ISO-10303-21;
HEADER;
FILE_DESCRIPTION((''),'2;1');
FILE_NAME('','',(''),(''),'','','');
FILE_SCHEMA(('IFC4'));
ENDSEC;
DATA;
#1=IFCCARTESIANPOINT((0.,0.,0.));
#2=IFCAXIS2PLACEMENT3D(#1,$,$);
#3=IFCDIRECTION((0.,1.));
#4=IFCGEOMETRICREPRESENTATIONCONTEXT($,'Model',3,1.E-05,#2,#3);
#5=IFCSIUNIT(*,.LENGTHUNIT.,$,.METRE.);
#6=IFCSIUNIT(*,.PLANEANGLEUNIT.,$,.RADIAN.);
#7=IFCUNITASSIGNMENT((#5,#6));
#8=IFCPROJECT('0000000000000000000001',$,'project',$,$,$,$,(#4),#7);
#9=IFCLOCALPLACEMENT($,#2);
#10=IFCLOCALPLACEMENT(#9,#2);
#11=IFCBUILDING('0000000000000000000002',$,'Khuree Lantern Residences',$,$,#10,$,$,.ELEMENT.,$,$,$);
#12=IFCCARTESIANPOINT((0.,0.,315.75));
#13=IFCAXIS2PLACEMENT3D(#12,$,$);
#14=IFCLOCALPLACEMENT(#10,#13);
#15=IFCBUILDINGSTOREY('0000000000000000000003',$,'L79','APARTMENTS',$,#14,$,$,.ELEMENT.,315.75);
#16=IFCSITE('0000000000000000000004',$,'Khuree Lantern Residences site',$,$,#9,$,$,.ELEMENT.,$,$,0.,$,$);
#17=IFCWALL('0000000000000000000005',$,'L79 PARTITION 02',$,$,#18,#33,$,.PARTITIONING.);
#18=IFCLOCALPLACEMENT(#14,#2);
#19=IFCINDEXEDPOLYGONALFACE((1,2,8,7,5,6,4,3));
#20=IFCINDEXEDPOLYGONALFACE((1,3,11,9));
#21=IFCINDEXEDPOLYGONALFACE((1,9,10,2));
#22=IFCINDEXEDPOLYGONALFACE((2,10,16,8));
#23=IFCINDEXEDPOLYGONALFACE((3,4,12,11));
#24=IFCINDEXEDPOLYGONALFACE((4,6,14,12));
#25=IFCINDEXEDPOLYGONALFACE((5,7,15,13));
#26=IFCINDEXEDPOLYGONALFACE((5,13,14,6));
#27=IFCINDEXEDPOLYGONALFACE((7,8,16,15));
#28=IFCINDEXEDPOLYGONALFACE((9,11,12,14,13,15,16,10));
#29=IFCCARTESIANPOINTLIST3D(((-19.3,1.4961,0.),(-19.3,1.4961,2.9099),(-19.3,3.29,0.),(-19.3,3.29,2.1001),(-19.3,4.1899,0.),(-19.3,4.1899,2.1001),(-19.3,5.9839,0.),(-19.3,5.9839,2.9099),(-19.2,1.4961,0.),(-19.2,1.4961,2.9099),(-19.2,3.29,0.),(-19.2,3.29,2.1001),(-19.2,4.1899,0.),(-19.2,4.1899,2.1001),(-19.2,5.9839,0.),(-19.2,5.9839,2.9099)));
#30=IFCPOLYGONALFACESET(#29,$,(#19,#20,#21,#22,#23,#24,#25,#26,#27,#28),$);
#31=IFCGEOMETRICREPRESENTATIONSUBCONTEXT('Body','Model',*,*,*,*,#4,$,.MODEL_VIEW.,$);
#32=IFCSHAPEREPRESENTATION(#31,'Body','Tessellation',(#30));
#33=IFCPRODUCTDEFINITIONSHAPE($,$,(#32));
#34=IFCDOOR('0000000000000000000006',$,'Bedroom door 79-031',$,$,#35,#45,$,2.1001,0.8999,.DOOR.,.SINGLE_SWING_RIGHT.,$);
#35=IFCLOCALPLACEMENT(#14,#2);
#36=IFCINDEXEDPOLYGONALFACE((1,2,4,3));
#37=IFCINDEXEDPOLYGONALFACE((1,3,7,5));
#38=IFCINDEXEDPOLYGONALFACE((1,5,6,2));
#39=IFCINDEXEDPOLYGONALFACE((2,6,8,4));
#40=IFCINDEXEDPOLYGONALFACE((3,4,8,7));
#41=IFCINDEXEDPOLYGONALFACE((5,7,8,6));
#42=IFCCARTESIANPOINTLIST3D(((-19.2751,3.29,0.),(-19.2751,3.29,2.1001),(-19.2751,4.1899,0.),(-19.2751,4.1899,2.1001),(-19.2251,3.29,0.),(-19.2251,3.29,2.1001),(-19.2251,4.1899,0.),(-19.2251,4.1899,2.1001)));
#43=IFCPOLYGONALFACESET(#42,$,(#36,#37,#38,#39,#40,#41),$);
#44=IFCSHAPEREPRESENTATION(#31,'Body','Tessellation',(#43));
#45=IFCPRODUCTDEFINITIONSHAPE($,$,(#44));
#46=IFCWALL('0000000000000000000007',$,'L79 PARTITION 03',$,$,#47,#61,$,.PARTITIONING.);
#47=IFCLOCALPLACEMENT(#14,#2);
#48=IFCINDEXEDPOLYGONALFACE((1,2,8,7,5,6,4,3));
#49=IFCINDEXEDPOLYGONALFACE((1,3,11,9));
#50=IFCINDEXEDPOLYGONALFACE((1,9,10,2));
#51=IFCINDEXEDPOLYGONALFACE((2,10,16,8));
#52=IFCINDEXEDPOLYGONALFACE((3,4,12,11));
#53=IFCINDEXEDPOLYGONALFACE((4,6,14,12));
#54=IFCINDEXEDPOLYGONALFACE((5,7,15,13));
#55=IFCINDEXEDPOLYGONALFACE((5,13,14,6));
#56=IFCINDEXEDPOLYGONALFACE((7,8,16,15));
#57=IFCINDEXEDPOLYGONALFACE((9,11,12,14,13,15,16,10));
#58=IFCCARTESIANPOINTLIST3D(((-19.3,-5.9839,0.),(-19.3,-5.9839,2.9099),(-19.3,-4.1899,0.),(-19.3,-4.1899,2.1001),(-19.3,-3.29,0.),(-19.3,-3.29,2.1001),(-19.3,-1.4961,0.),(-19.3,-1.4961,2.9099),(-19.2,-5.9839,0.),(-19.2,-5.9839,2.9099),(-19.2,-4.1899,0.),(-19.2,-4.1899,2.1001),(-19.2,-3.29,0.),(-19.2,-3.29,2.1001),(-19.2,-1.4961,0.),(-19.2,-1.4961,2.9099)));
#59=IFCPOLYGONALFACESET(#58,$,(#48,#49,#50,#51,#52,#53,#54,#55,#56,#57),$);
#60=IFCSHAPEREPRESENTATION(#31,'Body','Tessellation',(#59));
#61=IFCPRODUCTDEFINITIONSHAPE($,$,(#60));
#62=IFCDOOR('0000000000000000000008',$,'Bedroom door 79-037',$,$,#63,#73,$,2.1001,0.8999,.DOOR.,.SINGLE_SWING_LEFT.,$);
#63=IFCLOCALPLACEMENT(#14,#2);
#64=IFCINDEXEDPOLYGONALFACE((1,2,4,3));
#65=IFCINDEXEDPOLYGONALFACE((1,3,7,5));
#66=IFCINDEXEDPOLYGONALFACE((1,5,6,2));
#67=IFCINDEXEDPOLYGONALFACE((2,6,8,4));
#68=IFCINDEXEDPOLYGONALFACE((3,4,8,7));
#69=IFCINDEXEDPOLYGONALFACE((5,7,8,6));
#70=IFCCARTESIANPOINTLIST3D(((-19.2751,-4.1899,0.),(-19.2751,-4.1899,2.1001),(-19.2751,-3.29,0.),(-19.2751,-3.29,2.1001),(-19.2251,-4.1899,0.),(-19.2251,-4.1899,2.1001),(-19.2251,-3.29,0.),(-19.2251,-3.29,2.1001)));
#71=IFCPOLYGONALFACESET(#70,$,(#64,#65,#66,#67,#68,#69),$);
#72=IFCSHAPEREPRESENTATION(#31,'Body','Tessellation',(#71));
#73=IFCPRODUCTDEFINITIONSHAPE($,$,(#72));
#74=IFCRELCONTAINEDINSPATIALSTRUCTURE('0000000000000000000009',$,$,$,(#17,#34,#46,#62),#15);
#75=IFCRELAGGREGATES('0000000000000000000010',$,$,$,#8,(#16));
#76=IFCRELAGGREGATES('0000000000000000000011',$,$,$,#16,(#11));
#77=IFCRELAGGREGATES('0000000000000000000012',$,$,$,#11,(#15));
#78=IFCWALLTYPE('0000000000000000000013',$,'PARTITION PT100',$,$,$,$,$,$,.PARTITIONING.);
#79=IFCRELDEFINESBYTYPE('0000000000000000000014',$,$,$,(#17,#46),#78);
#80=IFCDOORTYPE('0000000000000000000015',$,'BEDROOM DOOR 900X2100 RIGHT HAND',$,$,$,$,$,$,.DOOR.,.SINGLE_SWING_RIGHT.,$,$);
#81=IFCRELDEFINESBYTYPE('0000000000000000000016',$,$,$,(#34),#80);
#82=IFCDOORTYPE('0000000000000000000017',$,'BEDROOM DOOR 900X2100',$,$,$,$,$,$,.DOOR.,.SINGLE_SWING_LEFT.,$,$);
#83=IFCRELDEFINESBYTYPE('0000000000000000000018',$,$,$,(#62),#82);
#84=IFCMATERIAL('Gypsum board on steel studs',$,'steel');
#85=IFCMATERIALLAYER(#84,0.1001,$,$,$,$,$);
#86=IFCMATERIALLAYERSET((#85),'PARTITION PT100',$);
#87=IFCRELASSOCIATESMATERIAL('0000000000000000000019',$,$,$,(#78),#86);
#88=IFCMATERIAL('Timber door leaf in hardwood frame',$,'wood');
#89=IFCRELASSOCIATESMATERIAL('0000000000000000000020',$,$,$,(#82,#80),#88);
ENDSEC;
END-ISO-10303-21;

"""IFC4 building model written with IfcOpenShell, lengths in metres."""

from ifc_helpers import new_model, si_unit, direction, frame, frame_2d, origin, place, context, subcontext, project, spatial, rectangle, extrude, material, layer, layer_set, type_object, element, fill, save


model = new_model("IFC4")

# Units and contexts
model_context = context("Model", 3, precision=1e-05, world=origin(), true_north=direction((0.0, 1.0)))
body_context = subcontext(model_context, "Body", "Model", "MODEL_VIEW")
ifc_project = project(units=[si_unit("LENGTHUNIT", "METRE"), si_unit("PLANEANGLEUNIT", "RADIAN")], contexts=[model_context])

# Site, building, storey
site_placement = place(None, origin())
site = spatial("IfcSite", under=ifc_project, at=site_placement, Name="Khuree Lantern Residences site", CompositionType="ELEMENT", RefElevation=0.0)
building_placement = place(site_placement, origin())
building = spatial("IfcBuilding", under=site, at=building_placement, Name="Khuree Lantern Residences", CompositionType="ELEMENT")
storey_placement = place(building_placement, frame((0.0, 0.0, 315.75)))
storey = spatial("IfcBuildingStorey", under=building, at=storey_placement, Name="L79", Description="APARTMENTS", CompositionType="ELEMENT", Elevation=315.75)

# Shared definitions
ifc_material_1 = material(Name="Gypsum board on steel studs", Category="steel")

# Shared definitions
ifc_material_2 = material(Name="Timber door leaf in hardwood frame", Category="wood")

# Shared definitions
ifc_layer_1 = layer(ifc_material_1, 0.1001)
ifc_layer_set_1 = layer_set([ifc_layer_1], Name="PARTITION PT100")
wall_type_1 = type_object("IfcWallType", Name="PARTITION PT100", PredefinedType="PARTITIONING", material=ifc_layer_set_1)

# Walls, openings, doors
door_type_1 = type_object("IfcDoorType", Name="BEDROOM DOOR 900X2100", OperationType="SINGLE_SWING_LEFT", PredefinedType="DOOR", material=ifc_material_2)
wall_1_placement = place(storey_placement, frame((-19.25, 5.9839, 0.0), z_axis=(0.0, 0.0, 1.0), x_axis=(0.0, -1.0, 0.0)))
wall_1 = element("IfcWall", 1, at=wall_1_placement, inside=storey, type_object=wall_type_1, Name="L79 PARTITION 02", PredefinedType="PARTITIONING", context=body_context, shape_type="SweptSolid", body=[
    extrude(rectangle(XDim=4.4878, YDim=0.1001, at=frame_2d((2.2439, 0.0))), origin(), (0.0, 0.0, 1.0), 2.9099),
])
opening_1_placement = place(wall_1_placement, frame((1.7939, 0.0, 0.0)))
opening_1 = element("IfcOpeningElement", 2, at=opening_1_placement, cuts=wall_1, PredefinedType="OPENING", context=body_context, shape_type="SweptSolid", body=[
    extrude(rectangle(XDim=0.8999, YDim=2.1001, at=frame_2d((0.45, 1.05))), frame((0.0, 0.0601, 0.0), z_axis=(0.0, -1.0, 0.0), x_axis=(1.0, 0.0, 0.0)), (0.0, 0.0, 1.0), 0.1201),
])
door_type_2 = type_object("IfcDoorType", Name="BEDROOM DOOR 900X2100 RIGHT HAND", OperationType="SINGLE_SWING_RIGHT", PredefinedType="DOOR", material=ifc_material_2)
door_1_placement = place(opening_1_placement, origin())
door_1 = element("IfcDoor", 3, at=door_1_placement, inside=storey, type_object=door_type_2, Name="Bedroom door 79-031", OperationType="SINGLE_SWING_RIGHT", OverallHeight=2.1001, OverallWidth=0.8999, PredefinedType="DOOR", context=body_context, shape_type="SweptSolid", body=[
    extrude(rectangle(XDim=0.8999, YDim=2.1001, at=frame_2d((0.45, 1.05))), frame((0.0, 0.0249, 0.0), z_axis=(0.0, -1.0, 0.0), x_axis=(1.0, 0.0, 0.0)), (0.0, 0.0, 1.0), 0.05),
])
fill(opening_1, door_1)
wall_2_placement = place(storey_placement, frame((-19.25, -1.4961, 0.0), z_axis=(0.0, 0.0, 1.0), x_axis=(0.0, -1.0, 0.0)))
wall_2 = element("IfcWall", 4, at=wall_2_placement, inside=storey, type_object=wall_type_1, Name="L79 PARTITION 03", PredefinedType="PARTITIONING", context=body_context, shape_type="SweptSolid", body=[
    extrude(rectangle(XDim=4.4878, YDim=0.1001, at=frame_2d((2.2439, 0.0))), origin(), (0.0, 0.0, 1.0), 2.9099),
])
opening_2_placement = place(wall_2_placement, frame((1.7939, 0.0, 0.0)))
opening_2 = element("IfcOpeningElement", 5, at=opening_2_placement, cuts=wall_2, PredefinedType="OPENING", context=body_context, shape_type="SweptSolid", body=[
    extrude(rectangle(XDim=0.8999, YDim=2.1001, at=frame_2d((0.45, 1.05))), frame((0.0, 0.0601, 0.0), z_axis=(0.0, -1.0, 0.0), x_axis=(1.0, 0.0, 0.0)), (0.0, 0.0, 1.0), 0.1201),
])
door_2_placement = place(opening_2_placement, origin())
door_2 = element("IfcDoor", 6, at=door_2_placement, inside=storey, type_object=door_type_1, Name="Bedroom door 79-037", OperationType="SINGLE_SWING_LEFT", OverallHeight=2.1001, OverallWidth=0.8999, PredefinedType="DOOR", context=body_context, shape_type="SweptSolid", body=[
    extrude(rectangle(XDim=0.8999, YDim=2.1001, at=frame_2d((0.45, 1.05))), frame((0.0, 0.0249, 0.0), z_axis=(0.0, -1.0, 0.0), x_axis=(1.0, 0.0, 0.0)), (0.0, 0.0, 1.0), 0.05),
])
fill(opening_2, door_2)

save(model, "model.ifc")
